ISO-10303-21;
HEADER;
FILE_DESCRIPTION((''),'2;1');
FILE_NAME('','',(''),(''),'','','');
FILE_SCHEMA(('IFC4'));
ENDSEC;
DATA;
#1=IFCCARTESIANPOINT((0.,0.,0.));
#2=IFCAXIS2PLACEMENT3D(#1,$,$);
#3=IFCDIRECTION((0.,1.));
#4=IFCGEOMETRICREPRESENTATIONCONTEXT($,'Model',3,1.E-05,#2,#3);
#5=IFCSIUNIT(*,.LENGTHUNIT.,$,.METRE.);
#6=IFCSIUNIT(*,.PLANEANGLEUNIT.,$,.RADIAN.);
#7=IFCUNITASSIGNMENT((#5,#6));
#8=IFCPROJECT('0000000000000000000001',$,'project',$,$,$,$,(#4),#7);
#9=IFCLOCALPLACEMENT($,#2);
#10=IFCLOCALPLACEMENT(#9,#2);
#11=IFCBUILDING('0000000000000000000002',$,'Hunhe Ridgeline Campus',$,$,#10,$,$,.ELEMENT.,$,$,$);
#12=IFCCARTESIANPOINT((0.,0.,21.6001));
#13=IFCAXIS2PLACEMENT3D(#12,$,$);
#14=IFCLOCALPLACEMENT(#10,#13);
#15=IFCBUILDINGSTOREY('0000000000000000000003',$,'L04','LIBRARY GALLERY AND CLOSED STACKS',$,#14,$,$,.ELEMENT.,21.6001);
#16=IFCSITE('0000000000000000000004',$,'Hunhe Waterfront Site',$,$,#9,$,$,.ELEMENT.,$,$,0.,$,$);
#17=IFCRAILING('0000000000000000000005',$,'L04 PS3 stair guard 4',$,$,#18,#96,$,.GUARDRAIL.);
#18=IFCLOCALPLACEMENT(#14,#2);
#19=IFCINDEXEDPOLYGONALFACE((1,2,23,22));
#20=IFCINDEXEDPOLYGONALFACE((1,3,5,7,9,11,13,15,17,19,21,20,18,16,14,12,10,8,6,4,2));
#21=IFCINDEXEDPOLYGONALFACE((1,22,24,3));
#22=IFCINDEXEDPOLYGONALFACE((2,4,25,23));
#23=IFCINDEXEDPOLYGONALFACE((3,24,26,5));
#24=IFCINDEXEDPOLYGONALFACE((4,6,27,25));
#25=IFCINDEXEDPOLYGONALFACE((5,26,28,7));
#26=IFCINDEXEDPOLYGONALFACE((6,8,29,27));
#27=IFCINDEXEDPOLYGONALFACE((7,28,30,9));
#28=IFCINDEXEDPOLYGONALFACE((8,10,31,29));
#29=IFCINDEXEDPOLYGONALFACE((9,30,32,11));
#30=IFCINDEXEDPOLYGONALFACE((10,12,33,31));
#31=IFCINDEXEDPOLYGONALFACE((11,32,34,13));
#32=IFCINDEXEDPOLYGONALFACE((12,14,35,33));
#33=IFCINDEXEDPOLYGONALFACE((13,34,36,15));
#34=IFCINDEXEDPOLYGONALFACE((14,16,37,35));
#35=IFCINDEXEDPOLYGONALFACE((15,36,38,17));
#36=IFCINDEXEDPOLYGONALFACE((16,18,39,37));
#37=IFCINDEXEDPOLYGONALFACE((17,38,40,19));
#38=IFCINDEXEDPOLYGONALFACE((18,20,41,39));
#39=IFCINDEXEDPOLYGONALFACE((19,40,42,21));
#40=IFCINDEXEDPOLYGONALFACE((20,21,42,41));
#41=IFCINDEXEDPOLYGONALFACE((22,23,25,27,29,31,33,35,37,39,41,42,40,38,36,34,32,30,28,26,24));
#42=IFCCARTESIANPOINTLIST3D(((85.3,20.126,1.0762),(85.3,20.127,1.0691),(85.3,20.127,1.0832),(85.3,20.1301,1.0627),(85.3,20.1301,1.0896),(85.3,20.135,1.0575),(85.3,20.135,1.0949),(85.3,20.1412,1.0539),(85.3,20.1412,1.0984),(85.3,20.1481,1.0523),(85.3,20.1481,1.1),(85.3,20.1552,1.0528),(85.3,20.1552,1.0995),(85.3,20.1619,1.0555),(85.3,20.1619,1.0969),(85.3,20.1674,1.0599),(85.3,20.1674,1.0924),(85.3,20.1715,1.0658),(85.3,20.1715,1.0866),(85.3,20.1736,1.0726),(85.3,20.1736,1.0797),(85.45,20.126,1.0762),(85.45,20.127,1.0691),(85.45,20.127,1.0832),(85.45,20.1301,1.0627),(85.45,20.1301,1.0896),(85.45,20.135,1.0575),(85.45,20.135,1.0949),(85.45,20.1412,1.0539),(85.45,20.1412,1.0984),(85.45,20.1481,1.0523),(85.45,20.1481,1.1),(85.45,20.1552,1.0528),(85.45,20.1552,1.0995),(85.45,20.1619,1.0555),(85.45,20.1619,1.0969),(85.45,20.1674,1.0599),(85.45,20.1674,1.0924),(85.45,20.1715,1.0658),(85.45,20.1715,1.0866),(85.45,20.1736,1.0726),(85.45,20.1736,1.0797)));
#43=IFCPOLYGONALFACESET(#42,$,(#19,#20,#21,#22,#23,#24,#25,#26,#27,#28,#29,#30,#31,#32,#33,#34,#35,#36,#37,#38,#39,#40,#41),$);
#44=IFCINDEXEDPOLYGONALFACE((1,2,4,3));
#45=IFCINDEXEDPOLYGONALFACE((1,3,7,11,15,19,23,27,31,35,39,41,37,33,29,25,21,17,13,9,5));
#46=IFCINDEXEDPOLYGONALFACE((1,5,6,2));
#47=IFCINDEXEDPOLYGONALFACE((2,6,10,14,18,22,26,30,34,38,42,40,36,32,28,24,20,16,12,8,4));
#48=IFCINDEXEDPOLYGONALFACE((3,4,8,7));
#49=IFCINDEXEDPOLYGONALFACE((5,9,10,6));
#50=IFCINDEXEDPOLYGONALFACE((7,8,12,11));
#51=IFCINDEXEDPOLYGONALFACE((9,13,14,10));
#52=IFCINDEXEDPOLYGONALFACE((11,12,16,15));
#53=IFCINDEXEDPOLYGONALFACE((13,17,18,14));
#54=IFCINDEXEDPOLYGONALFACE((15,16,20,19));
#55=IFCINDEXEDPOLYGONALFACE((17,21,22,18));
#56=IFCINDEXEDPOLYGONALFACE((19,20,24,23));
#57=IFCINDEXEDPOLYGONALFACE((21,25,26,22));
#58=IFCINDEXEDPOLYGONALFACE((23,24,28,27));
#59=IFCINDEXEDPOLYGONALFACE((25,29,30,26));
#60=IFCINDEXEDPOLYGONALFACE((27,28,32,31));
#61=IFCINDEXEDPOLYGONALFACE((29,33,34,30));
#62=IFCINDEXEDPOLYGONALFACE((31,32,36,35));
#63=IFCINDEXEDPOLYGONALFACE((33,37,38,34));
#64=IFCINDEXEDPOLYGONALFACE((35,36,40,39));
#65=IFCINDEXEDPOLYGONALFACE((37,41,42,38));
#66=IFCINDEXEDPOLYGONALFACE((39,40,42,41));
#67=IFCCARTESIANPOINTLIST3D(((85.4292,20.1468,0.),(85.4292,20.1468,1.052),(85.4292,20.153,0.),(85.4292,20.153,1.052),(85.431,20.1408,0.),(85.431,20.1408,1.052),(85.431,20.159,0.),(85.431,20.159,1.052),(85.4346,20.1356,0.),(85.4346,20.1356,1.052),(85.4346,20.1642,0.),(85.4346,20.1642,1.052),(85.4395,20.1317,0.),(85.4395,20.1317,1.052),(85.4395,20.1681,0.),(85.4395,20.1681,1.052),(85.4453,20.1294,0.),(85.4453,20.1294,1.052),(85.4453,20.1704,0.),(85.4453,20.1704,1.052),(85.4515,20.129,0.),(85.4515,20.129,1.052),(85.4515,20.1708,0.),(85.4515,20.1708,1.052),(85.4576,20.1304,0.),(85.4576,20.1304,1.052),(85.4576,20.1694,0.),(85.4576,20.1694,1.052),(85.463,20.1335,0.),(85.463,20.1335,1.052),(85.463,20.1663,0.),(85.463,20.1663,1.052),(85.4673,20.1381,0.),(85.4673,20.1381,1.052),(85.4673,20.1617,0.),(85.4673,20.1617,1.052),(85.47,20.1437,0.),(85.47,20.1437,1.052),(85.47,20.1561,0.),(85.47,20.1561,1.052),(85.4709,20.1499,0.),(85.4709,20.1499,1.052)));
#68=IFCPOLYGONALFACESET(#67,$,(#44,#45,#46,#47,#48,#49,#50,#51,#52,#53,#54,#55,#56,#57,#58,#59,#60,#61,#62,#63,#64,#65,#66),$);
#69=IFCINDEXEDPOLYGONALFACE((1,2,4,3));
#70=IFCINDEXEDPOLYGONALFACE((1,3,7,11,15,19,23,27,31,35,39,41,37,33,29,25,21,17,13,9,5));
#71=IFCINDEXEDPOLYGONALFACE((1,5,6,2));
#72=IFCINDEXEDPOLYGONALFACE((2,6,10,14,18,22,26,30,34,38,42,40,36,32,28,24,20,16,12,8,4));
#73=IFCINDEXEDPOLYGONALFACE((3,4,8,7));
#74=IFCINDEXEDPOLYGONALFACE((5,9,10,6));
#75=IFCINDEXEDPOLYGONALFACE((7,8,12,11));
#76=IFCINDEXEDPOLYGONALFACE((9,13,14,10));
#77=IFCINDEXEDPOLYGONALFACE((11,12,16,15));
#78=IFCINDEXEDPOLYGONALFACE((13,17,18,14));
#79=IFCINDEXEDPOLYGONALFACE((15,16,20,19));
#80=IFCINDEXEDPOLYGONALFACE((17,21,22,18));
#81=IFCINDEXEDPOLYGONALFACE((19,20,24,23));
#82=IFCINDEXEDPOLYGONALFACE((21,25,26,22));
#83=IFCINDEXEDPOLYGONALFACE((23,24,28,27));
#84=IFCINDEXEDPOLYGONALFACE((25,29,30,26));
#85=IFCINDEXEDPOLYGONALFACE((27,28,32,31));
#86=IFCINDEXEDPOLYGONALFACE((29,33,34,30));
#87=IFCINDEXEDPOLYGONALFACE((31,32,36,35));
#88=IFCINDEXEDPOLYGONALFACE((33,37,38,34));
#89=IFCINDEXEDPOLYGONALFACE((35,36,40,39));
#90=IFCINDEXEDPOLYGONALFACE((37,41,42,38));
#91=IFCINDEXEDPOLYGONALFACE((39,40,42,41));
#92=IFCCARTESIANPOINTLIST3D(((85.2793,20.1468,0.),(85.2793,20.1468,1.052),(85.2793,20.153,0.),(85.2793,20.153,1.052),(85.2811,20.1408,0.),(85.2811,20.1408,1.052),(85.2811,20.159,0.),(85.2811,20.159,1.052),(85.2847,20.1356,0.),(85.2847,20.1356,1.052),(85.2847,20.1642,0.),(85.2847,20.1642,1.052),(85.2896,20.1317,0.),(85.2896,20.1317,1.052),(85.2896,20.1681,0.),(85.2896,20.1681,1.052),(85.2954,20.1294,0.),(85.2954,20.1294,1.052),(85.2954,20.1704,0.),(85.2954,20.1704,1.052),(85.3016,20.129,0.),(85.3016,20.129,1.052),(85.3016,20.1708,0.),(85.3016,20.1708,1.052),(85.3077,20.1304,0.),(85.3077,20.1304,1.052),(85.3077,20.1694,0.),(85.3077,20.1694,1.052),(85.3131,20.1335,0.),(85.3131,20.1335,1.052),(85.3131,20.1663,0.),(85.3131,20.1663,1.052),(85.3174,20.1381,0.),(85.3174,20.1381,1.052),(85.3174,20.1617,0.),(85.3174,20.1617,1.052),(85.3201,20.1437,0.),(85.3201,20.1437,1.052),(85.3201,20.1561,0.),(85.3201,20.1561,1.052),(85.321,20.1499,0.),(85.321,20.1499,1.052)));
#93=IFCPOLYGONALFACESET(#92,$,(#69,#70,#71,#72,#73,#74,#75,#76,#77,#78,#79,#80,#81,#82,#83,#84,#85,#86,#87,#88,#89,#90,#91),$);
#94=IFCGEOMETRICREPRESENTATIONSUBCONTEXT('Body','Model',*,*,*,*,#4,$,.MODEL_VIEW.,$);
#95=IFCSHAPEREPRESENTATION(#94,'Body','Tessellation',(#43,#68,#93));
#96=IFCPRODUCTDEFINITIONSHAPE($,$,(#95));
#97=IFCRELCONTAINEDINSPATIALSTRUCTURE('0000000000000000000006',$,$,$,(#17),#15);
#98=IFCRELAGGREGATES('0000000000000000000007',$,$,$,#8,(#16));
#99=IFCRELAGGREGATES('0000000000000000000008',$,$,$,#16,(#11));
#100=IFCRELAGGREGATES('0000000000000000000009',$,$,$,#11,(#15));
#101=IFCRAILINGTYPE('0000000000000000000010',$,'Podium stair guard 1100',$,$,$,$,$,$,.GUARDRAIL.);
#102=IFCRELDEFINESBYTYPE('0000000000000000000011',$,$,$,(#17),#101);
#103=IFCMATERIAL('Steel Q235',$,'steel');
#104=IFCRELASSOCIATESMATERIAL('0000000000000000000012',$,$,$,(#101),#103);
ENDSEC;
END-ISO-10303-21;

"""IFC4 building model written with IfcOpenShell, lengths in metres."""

from ifc_helpers import new_model, si_unit, direction, frame, origin, origin_2d, place, context, subcontext, project, spatial, circle, extrude, material, type_object, element, save


model = new_model("IFC4")

# Units and contexts
model_context = context("Model", 3, precision=1e-05, world=origin(), true_north=direction((0.0, 1.0)))
body_context = subcontext(model_context, "Body", "Model", "MODEL_VIEW")
ifc_project = project(units=[si_unit("LENGTHUNIT", "METRE"), si_unit("PLANEANGLEUNIT", "RADIAN")], contexts=[model_context])

# Site, building, storey
site_placement = place(None, origin())
site = spatial("IfcSite", under=ifc_project, at=site_placement, Name="Hunhe Waterfront Site", CompositionType="ELEMENT", RefElevation=0.0)
building_placement = place(site_placement, origin())
building = spatial("IfcBuilding", under=site, at=building_placement, Name="Hunhe Ridgeline Campus", CompositionType="ELEMENT")
storey_placement = place(building_placement, frame((0.0, 0.0, 21.6001)))
storey = spatial("IfcBuildingStorey", under=building, at=storey_placement, Name="L04", Description="LIBRARY GALLERY AND CLOSED STACKS", CompositionType="ELEMENT", Elevation=21.6001)

# Shared definitions
ifc_material_1 = material(Name="Steel Q235", Category="steel")

# Railing
railing_type_1 = type_object("IfcRailingType", Name="Podium stair guard 1100", PredefinedType="GUARDRAIL", material=ifc_material_1)
railing_1_placement = place(storey_placement, frame((85.45, 20.1499, 0.0)))
element("IfcRailing", 1, at=railing_1_placement, inside=storey, type_object=railing_type_1, Name="L04 PS3 stair guard 4", PredefinedType="GUARDRAIL", context=body_context, shape_type="SweptSolid", body=[
    extrude(circle(Radius=0.0239, at=origin_2d()), frame((0.0, 0.0, 1.0762), z_axis=(-1.0, 0.0, 0.0), x_axis=(0.0, -1.0, 0.0)), (0.0, 0.0, 1.0), 0.1499),
    extrude(circle(Radius=0.021, at=origin_2d()), origin(), (0.0, 0.0, 1.0), 1.052),
    extrude(circle(Radius=0.021, at=origin_2d()), frame((-0.1499, 0.0, 0.0)), (0.0, 0.0, 1.0), 1.052),
])

save(model, "model.ifc")
